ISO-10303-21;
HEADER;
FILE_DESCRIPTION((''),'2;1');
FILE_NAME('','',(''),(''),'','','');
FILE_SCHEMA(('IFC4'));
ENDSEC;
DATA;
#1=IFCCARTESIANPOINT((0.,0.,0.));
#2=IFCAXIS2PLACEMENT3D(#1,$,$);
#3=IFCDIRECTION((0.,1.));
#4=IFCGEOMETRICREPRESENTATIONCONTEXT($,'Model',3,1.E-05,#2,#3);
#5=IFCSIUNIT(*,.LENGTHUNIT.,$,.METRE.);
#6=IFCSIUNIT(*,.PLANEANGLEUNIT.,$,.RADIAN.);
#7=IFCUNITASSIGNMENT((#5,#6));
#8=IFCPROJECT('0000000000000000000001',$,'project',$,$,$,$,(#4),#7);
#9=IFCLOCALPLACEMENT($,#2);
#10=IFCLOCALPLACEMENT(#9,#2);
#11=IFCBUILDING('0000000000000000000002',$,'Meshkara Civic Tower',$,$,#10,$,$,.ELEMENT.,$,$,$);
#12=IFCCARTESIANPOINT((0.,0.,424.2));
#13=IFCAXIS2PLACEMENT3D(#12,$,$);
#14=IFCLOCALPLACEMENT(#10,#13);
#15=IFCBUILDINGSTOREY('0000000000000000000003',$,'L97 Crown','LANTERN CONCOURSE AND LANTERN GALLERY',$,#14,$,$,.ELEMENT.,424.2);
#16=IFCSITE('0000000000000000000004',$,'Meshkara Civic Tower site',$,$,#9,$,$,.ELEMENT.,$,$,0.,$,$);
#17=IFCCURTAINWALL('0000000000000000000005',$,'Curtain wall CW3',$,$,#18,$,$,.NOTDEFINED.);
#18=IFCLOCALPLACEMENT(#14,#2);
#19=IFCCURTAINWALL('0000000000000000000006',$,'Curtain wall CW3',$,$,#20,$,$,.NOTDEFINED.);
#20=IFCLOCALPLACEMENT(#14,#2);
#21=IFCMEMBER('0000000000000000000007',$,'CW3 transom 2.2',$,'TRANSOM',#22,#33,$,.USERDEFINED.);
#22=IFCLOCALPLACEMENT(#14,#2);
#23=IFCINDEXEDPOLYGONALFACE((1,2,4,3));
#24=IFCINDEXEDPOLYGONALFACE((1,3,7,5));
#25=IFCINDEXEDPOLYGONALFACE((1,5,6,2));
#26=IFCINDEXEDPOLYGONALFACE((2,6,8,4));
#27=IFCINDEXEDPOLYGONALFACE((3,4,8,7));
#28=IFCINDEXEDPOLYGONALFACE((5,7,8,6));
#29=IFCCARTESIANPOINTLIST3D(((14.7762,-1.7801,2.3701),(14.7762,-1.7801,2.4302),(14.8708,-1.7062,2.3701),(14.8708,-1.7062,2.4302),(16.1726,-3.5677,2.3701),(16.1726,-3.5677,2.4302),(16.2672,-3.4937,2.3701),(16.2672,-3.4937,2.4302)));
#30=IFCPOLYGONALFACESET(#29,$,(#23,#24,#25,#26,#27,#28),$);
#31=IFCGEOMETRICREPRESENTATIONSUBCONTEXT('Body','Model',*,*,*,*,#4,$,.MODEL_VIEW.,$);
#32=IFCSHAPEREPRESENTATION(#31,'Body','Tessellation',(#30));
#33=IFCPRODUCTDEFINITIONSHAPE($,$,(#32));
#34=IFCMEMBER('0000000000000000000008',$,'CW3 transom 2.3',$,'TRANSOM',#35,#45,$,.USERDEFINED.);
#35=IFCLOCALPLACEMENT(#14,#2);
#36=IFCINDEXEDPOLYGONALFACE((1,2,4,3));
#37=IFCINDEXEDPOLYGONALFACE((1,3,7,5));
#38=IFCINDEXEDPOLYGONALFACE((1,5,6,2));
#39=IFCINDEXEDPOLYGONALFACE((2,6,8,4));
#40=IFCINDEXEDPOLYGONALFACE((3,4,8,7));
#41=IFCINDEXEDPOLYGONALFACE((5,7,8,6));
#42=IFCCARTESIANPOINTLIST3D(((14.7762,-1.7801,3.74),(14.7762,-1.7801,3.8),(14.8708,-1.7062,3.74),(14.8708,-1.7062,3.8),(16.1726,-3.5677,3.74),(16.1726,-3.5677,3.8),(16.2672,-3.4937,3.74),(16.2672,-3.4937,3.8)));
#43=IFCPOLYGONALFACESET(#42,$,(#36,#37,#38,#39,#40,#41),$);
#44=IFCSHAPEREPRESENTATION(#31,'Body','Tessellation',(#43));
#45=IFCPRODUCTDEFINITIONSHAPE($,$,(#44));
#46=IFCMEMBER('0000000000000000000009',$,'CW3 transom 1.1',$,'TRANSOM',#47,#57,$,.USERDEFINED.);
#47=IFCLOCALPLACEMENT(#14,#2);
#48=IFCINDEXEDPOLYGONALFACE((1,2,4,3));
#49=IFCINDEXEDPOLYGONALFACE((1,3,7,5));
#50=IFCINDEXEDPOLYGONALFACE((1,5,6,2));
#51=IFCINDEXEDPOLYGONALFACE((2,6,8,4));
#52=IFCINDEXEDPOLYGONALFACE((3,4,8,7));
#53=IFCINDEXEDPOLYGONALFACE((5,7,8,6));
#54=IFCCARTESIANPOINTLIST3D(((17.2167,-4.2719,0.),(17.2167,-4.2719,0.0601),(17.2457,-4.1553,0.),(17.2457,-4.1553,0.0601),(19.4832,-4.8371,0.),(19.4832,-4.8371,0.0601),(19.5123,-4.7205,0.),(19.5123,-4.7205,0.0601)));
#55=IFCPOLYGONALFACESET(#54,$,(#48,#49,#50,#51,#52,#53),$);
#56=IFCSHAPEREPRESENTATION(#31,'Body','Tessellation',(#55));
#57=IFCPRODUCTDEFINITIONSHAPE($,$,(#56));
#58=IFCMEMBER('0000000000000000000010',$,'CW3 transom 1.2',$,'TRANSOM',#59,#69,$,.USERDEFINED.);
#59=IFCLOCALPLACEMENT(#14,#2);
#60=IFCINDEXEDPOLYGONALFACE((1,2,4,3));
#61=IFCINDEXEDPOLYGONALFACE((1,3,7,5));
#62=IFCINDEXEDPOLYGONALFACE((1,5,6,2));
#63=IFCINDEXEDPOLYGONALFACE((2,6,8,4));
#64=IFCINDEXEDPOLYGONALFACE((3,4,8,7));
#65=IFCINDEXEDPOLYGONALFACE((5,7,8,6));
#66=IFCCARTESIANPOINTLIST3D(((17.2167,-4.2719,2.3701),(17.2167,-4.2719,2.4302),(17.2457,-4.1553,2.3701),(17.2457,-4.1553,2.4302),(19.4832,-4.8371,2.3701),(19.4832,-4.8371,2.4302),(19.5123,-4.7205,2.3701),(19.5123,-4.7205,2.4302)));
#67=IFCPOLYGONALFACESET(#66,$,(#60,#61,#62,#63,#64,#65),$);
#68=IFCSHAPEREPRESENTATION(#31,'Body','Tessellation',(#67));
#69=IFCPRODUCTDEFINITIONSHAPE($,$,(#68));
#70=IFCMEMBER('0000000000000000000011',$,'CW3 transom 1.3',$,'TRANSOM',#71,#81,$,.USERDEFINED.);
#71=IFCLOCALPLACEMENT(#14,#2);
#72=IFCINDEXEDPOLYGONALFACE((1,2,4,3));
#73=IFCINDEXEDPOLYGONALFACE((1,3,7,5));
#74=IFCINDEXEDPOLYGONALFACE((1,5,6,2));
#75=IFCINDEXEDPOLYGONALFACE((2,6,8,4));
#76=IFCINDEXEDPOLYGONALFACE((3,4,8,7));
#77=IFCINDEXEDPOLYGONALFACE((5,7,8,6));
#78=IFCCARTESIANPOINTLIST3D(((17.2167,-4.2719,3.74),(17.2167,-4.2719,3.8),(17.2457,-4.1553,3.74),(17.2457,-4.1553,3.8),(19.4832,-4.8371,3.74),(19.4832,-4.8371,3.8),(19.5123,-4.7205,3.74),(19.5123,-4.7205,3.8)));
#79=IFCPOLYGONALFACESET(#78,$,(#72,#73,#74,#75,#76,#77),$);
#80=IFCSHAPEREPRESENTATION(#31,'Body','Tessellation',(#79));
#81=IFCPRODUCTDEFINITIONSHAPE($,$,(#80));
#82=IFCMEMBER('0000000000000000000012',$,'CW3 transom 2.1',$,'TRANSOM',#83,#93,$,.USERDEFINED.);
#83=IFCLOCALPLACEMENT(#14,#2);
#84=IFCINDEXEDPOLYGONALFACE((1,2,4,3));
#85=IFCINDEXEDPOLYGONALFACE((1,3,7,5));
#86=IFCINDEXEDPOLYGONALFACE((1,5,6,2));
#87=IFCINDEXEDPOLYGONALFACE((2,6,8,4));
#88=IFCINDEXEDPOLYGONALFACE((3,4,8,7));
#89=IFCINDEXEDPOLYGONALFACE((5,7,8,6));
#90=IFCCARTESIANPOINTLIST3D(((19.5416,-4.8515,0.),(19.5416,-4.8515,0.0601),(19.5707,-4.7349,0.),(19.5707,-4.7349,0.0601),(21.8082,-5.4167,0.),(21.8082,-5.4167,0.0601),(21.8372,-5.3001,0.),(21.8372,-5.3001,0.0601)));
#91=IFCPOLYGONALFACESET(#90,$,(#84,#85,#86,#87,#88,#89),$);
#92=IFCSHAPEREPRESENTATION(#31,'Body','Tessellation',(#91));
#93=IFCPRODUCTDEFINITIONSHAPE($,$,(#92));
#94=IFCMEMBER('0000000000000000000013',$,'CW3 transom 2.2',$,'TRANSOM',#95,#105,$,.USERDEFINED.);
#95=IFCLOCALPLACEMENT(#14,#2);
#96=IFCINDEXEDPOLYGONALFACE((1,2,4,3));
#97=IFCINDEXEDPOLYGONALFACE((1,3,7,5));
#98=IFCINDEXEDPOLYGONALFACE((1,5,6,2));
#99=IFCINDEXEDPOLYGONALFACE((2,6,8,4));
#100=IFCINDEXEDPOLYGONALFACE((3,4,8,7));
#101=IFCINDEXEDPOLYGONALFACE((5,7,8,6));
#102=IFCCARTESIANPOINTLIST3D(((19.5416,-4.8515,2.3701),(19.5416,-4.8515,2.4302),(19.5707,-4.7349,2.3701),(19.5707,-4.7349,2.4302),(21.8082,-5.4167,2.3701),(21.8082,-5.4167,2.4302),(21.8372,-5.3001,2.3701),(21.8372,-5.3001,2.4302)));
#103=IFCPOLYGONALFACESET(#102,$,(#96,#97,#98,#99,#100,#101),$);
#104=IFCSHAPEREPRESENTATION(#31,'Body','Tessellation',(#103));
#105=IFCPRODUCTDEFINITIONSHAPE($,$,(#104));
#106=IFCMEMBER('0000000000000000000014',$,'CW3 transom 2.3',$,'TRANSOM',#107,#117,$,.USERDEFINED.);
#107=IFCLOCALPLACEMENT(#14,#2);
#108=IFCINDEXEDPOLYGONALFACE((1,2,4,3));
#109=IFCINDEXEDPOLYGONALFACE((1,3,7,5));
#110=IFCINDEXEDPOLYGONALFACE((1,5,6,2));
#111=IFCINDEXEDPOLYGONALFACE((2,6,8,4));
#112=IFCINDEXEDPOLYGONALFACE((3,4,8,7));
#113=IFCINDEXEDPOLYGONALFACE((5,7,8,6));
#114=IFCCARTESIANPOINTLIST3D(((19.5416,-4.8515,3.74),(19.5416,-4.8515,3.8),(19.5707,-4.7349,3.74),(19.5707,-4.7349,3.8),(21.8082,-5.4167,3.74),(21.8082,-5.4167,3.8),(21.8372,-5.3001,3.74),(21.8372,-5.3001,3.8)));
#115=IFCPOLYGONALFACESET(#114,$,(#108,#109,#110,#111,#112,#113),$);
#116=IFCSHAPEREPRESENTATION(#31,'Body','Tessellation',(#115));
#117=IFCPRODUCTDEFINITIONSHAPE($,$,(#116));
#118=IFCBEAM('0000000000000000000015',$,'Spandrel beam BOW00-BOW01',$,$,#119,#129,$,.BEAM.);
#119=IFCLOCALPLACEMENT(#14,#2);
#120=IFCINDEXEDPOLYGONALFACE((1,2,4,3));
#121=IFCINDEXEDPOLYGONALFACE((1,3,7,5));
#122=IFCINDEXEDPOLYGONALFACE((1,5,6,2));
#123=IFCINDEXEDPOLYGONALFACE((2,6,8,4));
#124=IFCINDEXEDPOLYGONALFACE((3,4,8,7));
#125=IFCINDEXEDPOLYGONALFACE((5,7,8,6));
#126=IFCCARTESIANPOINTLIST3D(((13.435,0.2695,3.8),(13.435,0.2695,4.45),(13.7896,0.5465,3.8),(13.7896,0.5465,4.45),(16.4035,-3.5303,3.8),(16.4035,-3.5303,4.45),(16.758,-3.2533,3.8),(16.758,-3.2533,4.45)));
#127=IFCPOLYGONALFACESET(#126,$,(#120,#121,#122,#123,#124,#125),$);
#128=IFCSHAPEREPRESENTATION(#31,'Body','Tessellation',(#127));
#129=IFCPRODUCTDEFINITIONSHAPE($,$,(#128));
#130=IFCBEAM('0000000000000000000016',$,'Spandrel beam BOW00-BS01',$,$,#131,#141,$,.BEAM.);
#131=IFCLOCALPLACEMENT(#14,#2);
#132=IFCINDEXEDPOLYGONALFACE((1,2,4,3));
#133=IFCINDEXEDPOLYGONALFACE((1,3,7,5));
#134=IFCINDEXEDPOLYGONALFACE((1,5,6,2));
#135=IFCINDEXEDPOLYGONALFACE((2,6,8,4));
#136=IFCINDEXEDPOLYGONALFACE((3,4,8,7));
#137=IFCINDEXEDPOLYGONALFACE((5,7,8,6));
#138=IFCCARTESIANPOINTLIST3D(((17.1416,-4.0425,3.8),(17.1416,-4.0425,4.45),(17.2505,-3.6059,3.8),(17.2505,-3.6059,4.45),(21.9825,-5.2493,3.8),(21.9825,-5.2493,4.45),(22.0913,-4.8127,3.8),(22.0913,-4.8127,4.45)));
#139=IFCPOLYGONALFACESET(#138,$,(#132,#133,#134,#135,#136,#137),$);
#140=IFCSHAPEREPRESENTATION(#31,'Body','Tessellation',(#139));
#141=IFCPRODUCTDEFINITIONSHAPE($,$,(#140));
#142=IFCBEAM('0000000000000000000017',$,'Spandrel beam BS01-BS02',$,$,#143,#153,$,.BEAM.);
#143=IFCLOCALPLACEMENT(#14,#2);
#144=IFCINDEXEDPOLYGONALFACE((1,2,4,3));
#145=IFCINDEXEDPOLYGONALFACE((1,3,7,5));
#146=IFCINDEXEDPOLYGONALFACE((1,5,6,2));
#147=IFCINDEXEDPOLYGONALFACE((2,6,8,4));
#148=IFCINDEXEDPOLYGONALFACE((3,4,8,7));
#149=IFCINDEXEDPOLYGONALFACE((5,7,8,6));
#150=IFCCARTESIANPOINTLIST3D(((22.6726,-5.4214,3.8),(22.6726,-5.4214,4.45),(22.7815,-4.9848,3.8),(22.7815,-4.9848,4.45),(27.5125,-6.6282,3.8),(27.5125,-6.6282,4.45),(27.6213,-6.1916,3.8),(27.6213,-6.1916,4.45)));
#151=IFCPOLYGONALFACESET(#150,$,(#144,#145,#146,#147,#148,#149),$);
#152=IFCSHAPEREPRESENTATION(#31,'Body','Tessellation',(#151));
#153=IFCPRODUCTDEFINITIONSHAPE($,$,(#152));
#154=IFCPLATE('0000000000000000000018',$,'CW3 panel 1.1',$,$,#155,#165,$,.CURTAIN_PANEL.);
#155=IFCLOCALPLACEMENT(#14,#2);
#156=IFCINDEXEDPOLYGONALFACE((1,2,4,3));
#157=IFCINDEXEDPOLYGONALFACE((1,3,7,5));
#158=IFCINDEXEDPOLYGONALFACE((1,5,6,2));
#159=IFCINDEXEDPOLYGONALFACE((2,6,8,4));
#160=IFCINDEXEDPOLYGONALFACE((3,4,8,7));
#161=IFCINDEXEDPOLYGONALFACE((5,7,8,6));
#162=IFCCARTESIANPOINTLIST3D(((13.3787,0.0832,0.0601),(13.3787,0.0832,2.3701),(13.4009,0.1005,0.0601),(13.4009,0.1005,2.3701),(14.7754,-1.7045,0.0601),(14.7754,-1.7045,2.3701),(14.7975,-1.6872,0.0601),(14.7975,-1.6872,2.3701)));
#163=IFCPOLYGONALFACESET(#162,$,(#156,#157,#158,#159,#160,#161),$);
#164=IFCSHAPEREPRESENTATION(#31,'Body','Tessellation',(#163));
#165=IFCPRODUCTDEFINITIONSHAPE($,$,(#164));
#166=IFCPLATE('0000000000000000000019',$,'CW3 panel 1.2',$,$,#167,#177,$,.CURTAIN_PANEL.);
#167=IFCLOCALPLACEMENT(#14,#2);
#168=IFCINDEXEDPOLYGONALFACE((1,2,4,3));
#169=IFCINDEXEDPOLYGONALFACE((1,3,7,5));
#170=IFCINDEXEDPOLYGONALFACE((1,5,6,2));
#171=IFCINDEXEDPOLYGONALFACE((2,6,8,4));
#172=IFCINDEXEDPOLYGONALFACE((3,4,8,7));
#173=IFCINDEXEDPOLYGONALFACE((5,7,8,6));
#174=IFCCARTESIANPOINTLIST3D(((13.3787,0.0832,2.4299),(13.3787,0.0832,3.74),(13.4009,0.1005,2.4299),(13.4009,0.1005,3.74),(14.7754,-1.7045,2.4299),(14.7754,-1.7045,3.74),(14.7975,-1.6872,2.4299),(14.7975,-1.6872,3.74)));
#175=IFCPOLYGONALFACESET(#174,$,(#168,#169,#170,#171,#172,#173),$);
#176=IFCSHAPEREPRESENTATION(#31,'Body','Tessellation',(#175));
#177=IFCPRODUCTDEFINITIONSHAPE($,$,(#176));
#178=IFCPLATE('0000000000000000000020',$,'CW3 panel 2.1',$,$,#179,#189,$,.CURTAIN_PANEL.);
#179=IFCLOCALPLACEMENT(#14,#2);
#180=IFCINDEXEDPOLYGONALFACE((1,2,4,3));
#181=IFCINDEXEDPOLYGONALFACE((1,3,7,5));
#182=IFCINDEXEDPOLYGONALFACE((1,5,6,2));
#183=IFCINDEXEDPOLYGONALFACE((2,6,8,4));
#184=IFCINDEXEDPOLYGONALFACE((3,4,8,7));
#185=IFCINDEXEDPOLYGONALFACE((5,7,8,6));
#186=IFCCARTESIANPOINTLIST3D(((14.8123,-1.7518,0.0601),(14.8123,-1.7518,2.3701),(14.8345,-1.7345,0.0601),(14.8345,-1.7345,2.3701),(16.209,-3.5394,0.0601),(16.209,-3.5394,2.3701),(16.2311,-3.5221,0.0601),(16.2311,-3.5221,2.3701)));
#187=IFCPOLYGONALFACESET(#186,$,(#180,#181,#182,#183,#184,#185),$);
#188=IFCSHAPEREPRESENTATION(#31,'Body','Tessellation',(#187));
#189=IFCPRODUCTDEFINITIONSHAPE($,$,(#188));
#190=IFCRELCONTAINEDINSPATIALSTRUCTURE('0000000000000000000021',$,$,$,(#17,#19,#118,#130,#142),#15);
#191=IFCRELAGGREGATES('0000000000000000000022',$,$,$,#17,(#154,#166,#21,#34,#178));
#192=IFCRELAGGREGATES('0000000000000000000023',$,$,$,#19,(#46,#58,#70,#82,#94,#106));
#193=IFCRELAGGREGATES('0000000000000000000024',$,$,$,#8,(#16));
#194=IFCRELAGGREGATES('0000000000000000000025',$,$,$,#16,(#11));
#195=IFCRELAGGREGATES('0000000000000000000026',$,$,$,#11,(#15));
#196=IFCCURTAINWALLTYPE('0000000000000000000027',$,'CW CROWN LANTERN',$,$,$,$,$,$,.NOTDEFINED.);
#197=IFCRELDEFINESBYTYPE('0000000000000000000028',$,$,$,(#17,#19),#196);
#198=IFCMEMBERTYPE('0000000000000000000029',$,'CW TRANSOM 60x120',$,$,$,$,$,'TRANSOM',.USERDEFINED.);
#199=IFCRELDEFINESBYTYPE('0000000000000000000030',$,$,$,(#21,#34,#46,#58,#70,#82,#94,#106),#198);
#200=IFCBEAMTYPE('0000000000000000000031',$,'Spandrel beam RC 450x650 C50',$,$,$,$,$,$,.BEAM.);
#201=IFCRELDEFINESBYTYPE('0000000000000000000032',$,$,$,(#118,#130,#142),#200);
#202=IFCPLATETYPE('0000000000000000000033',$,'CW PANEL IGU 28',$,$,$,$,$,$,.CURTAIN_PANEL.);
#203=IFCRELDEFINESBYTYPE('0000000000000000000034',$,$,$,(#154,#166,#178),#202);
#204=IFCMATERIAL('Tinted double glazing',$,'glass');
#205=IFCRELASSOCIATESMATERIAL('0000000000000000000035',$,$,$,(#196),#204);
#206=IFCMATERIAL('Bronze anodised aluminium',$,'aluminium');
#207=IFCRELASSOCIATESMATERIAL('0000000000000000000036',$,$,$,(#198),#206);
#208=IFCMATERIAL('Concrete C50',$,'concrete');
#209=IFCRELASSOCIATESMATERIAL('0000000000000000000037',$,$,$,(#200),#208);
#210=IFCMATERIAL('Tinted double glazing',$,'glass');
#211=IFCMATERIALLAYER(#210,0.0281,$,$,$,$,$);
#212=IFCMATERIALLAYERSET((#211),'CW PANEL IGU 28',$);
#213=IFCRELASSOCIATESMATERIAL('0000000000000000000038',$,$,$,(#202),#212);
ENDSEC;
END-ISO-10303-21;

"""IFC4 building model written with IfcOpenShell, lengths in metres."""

from ifc_helpers import new_model, si_unit, direction, frame, origin, origin_2d, place, context, subcontext, project, spatial, rectangle, extrude, material, layer, layer_set, material_profile, profile_set, type_object, element, aggregate, save


model = new_model("IFC4")

# Units and contexts
model_context = context("Model", 3, precision=1e-05, world=origin(), true_north=direction((0.0, 1.0)))
body_context = subcontext(model_context, "Body", "Model", "MODEL_VIEW")
ifc_project = project(units=[si_unit("LENGTHUNIT", "METRE"), si_unit("PLANEANGLEUNIT", "RADIAN")], contexts=[model_context])

# Site, building, storey
site_placement = place(None, origin())
site = spatial("IfcSite", under=ifc_project, at=site_placement, Name="Meshkara Civic Tower site", CompositionType="ELEMENT", RefElevation=0.0)
building_placement = place(site_placement, origin())
building = spatial("IfcBuilding", under=site, at=building_placement, Name="Meshkara Civic Tower", CompositionType="ELEMENT")
storey_placement = place(building_placement, frame((0.0, 0.0, 424.2)))
storey = spatial("IfcBuildingStorey", under=building, at=storey_placement, Name="L97 Crown", Description="LANTERN CONCOURSE AND LANTERN GALLERY", CompositionType="ELEMENT", Elevation=424.2)

# Curtain walls
ifc_material_1 = material(Name="Tinted double glazing", Category="glass")
curtain_wall_type = type_object("IfcCurtainWallType", Name="CW CROWN LANTERN", PredefinedType="NOTDEFINED", material=ifc_material_1)
curtain_wall_1_placement = place(storey_placement, origin())
curtain_wall_1 = element("IfcCurtainWall", 1, at=curtain_wall_1_placement, inside=storey, type_object=curtain_wall_type, Name="Curtain wall CW3", PredefinedType="NOTDEFINED")
curtain_wall_2_placement = place(storey_placement, origin())
curtain_wall_2 = element("IfcCurtainWall", 2, at=curtain_wall_2_placement, inside=storey, type_object=curtain_wall_type, Name="Curtain wall CW3", PredefinedType="NOTDEFINED")

# Members
ifc_material_2 = material(Name="Bronze anodised aluminium", Category="aluminium")
ifc_material_profile_1 = material_profile(ifc_material_2, rectangle(XDim=0.1201, YDim=0.0601, at=origin_2d()))
ifc_profile_set_1 = profile_set([ifc_material_profile_1], Name="Bronze anodised aluminium")
member_type_1 = type_object("IfcMemberType", Name="CW TRANSOM 60x120", ElementType="TRANSOM", PredefinedType="USERDEFINED", material=ifc_profile_set_1)
member_1_placement = place(storey_placement, frame((14.8235, -1.7432, 2.4001), z_axis=(0.615623, -0.788041, 0.0), x_axis=(0.788041, 0.615623, 0.0)))
member_1 = element("IfcMember", 3, at=member_1_placement, type_object=member_type_1, Name="CW3 transom 2.2", ObjectType="TRANSOM", PredefinedType="USERDEFINED", context=body_context, shape_type="SweptSolid", body=[
    extrude(rectangle(XDim=0.1201, YDim=0.0601, at=origin_2d()), origin(), (0.0, 0.0, 1.0), 2.2683),
])
member_2_placement = place(storey_placement, frame((14.8235, -1.7432, 3.77), z_axis=(0.615623, -0.788041, 0.0), x_axis=(0.788041, 0.615623, 0.0)))
member_2 = element("IfcMember", 4, at=member_2_placement, type_object=member_type_1, Name="CW3 transom 2.3", ObjectType="TRANSOM", PredefinedType="USERDEFINED", context=body_context, shape_type="SweptSolid", body=[
    extrude(rectangle(XDim=0.1201, YDim=0.0601, at=origin_2d()), origin(), (0.0, 0.0, 1.0), 2.2683),
])
member_3_placement = place(storey_placement, frame((17.2312, -4.2136, 0.03), z_axis=(0.97029, -0.241945, 0.0), x_axis=(0.241945, 0.97029, 0.0)))
member_3 = element("IfcMember", 5, at=member_3_placement, type_object=member_type_1, Name="CW3 transom 1.1", ObjectType="TRANSOM", PredefinedType="USERDEFINED", context=body_context, shape_type="SweptSolid", body=[
    extrude(rectangle(XDim=0.1201, YDim=0.0601, at=origin_2d()), origin(), (0.0, 0.0, 1.0), 2.3359),
])
member_4_placement = place(storey_placement, frame((17.2312, -4.2136, 2.4001), z_axis=(0.97029, -0.241945, 0.0), x_axis=(0.241945, 0.97029, 0.0)))
member_4 = element("IfcMember", 6, at=member_4_placement, type_object=member_type_1, Name="CW3 transom 1.2", ObjectType="TRANSOM", PredefinedType="USERDEFINED", context=body_context, shape_type="SweptSolid", body=[
    extrude(rectangle(XDim=0.1201, YDim=0.0601, at=origin_2d()), origin(), (0.0, 0.0, 1.0), 2.3359),
])
member_5_placement = place(storey_placement, frame((17.2312, -4.2136, 3.77), z_axis=(0.97029, -0.241945, 0.0), x_axis=(0.241945, 0.97029, 0.0)))
member_5 = element("IfcMember", 7, at=member_5_placement, type_object=member_type_1, Name="CW3 transom 1.3", ObjectType="TRANSOM", PredefinedType="USERDEFINED", context=body_context, shape_type="SweptSolid", body=[
    extrude(rectangle(XDim=0.1201, YDim=0.0601, at=origin_2d()), origin(), (0.0, 0.0, 1.0), 2.3359),
])
member_6_placement = place(storey_placement, frame((19.5562, -4.7932, 0.03), z_axis=(0.97029, -0.241945, 0.0), x_axis=(0.241945, 0.97029, 0.0)))
member_6 = element("IfcMember", 8, at=member_6_placement, type_object=member_type_1, Name="CW3 transom 2.1", ObjectType="TRANSOM", PredefinedType="USERDEFINED", context=body_context, shape_type="SweptSolid", body=[
    extrude(rectangle(XDim=0.1201, YDim=0.0601, at=origin_2d()), origin(), (0.0, 0.0, 1.0), 2.3359),
])
member_7_placement = place(storey_placement, frame((19.5562, -4.7932, 2.4001), z_axis=(0.97029, -0.241945, 0.0), x_axis=(0.241945, 0.97029, 0.0)))
member_7 = element("IfcMember", 9, at=member_7_placement, type_object=member_type_1, Name="CW3 transom 2.2", ObjectType="TRANSOM", PredefinedType="USERDEFINED", context=body_context, shape_type="SweptSolid", body=[
    extrude(rectangle(XDim=0.1201, YDim=0.0601, at=origin_2d()), origin(), (0.0, 0.0, 1.0), 2.3359),
])
member_8_placement = place(storey_placement, frame((19.5562, -4.7932, 3.77), z_axis=(0.97029, -0.241945, 0.0), x_axis=(0.241945, 0.97029, 0.0)))
member_8 = element("IfcMember", 10, at=member_8_placement, type_object=member_type_1, Name="CW3 transom 2.3", ObjectType="TRANSOM", PredefinedType="USERDEFINED", context=body_context, shape_type="SweptSolid", body=[
    extrude(rectangle(XDim=0.1201, YDim=0.0601, at=origin_2d()), origin(), (0.0, 0.0, 1.0), 2.3359),
])

# Beams
ifc_material_3 = material(Name="Concrete C50", Category="concrete")
ifc_material_profile_2 = material_profile(ifc_material_3, rectangle(XDim=0.45, YDim=0.6499, at=origin_2d()))
ifc_profile_set_2 = profile_set([ifc_material_profile_2], Name="Concrete C50")
beam_type = type_object("IfcBeamType", Name="Spandrel beam RC 450x650 C50", PredefinedType="BEAM", material=ifc_profile_set_2)
beam_1_placement = place(storey_placement, frame((13.6123, 0.408, 4.125), z_axis=(0.615632, -0.788034, 0.0), x_axis=(0.788034, 0.615632, 0.0)))
element("IfcBeam", 11, at=beam_1_placement, inside=storey, type_object=beam_type, Name="Spandrel beam BOW00-BOW01", PredefinedType="BEAM", context=body_context, shape_type="SweptSolid", body=[
    extrude(rectangle(XDim=0.45, YDim=0.6499, at=origin_2d()), origin(), (0.0, 0.0, 1.0), 4.8218),
])
beam_2_placement = place(storey_placement, frame((17.196, -3.8242, 4.125), z_axis=(0.970303, -0.241891, 0.0), x_axis=(0.241891, 0.970303, 0.0)))
element("IfcBeam", 12, at=beam_2_placement, inside=storey, type_object=beam_type, Name="Spandrel beam BOW00-BS01", PredefinedType="BEAM", context=body_context, shape_type="SweptSolid", body=[
    extrude(rectangle(XDim=0.45, YDim=0.6499, at=origin_2d()), origin(), (0.0, 0.0, 1.0), 4.989),
])
beam_3_placement = place(storey_placement, frame((22.7271, -5.2031, 4.125), z_axis=(0.970292, -0.241937, 0.0), x_axis=(0.241937, 0.970292, 0.0)))
element("IfcBeam", 13, at=beam_3_placement, inside=storey, type_object=beam_type, Name="Spandrel beam BS01-BS02", PredefinedType="BEAM", context=body_context, shape_type="SweptSolid", body=[
    extrude(rectangle(XDim=0.45, YDim=0.6499, at=origin_2d()), origin(), (0.0, 0.0, 1.0), 4.988),
])

# Plates
ifc_material_4 = material(Name="Tinted double glazing", Category="glass")
ifc_layer_1 = layer(ifc_material_4, 0.0281)
ifc_layer_set_1 = layer_set([ifc_layer_1], Name="CW PANEL IGU 28")
plate_type = type_object("IfcPlateType", Name="CW PANEL IGU 28", PredefinedType="CURTAIN_PANEL", material=ifc_layer_set_1)
plate_1_placement = place(storey_placement, frame((14.0881, -0.802, 0.0601), z_axis=(0.0, 0.0, 1.0), x_axis=(0.615656, -0.788015, 0.0)))
plate_1 = element("IfcPlate", 14, at=plate_1_placement, type_object=plate_type, Name="CW3 panel 1.1", PredefinedType="CURTAIN_PANEL", context=body_context, shape_type="SweptSolid", body=[
    extrude(rectangle(XDim=2.2686, YDim=0.0281, at=origin_2d()), origin(), (0.0, 0.0, 1.0), 2.3101),
])
plate_2_placement = place(storey_placement, frame((14.0881, -0.802, 2.4299), z_axis=(0.0, 0.0, 1.0), x_axis=(0.615656, -0.788015, 0.0)))
plate_2 = element("IfcPlate", 15, at=plate_2_placement, type_object=plate_type, Name="CW3 panel 1.2", PredefinedType="CURTAIN_PANEL", context=body_context, shape_type="SweptSolid", body=[
    extrude(rectangle(XDim=2.2686, YDim=0.0281, at=origin_2d()), origin(), (0.0, 0.0, 1.0), 1.3101),
])
plate_3_placement = place(storey_placement, frame((15.5217, -2.637, 0.0601), z_axis=(0.0, 0.0, 1.0), x_axis=(0.615656, -0.788015, 0.0)))
plate_3 = element("IfcPlate", 16, at=plate_3_placement, type_object=plate_type, Name="CW3 panel 2.1", PredefinedType="CURTAIN_PANEL", context=body_context, shape_type="SweptSolid", body=[
    extrude(rectangle(XDim=2.2686, YDim=0.0281, at=origin_2d()), origin(), (0.0, 0.0, 1.0), 2.3101),
])
aggregate(curtain_wall_1, [plate_1, plate_2, member_1, member_2, plate_3])
aggregate(curtain_wall_2, [member_3, member_4, member_5, member_6, member_7, member_8])

save(model, "model.ifc")
